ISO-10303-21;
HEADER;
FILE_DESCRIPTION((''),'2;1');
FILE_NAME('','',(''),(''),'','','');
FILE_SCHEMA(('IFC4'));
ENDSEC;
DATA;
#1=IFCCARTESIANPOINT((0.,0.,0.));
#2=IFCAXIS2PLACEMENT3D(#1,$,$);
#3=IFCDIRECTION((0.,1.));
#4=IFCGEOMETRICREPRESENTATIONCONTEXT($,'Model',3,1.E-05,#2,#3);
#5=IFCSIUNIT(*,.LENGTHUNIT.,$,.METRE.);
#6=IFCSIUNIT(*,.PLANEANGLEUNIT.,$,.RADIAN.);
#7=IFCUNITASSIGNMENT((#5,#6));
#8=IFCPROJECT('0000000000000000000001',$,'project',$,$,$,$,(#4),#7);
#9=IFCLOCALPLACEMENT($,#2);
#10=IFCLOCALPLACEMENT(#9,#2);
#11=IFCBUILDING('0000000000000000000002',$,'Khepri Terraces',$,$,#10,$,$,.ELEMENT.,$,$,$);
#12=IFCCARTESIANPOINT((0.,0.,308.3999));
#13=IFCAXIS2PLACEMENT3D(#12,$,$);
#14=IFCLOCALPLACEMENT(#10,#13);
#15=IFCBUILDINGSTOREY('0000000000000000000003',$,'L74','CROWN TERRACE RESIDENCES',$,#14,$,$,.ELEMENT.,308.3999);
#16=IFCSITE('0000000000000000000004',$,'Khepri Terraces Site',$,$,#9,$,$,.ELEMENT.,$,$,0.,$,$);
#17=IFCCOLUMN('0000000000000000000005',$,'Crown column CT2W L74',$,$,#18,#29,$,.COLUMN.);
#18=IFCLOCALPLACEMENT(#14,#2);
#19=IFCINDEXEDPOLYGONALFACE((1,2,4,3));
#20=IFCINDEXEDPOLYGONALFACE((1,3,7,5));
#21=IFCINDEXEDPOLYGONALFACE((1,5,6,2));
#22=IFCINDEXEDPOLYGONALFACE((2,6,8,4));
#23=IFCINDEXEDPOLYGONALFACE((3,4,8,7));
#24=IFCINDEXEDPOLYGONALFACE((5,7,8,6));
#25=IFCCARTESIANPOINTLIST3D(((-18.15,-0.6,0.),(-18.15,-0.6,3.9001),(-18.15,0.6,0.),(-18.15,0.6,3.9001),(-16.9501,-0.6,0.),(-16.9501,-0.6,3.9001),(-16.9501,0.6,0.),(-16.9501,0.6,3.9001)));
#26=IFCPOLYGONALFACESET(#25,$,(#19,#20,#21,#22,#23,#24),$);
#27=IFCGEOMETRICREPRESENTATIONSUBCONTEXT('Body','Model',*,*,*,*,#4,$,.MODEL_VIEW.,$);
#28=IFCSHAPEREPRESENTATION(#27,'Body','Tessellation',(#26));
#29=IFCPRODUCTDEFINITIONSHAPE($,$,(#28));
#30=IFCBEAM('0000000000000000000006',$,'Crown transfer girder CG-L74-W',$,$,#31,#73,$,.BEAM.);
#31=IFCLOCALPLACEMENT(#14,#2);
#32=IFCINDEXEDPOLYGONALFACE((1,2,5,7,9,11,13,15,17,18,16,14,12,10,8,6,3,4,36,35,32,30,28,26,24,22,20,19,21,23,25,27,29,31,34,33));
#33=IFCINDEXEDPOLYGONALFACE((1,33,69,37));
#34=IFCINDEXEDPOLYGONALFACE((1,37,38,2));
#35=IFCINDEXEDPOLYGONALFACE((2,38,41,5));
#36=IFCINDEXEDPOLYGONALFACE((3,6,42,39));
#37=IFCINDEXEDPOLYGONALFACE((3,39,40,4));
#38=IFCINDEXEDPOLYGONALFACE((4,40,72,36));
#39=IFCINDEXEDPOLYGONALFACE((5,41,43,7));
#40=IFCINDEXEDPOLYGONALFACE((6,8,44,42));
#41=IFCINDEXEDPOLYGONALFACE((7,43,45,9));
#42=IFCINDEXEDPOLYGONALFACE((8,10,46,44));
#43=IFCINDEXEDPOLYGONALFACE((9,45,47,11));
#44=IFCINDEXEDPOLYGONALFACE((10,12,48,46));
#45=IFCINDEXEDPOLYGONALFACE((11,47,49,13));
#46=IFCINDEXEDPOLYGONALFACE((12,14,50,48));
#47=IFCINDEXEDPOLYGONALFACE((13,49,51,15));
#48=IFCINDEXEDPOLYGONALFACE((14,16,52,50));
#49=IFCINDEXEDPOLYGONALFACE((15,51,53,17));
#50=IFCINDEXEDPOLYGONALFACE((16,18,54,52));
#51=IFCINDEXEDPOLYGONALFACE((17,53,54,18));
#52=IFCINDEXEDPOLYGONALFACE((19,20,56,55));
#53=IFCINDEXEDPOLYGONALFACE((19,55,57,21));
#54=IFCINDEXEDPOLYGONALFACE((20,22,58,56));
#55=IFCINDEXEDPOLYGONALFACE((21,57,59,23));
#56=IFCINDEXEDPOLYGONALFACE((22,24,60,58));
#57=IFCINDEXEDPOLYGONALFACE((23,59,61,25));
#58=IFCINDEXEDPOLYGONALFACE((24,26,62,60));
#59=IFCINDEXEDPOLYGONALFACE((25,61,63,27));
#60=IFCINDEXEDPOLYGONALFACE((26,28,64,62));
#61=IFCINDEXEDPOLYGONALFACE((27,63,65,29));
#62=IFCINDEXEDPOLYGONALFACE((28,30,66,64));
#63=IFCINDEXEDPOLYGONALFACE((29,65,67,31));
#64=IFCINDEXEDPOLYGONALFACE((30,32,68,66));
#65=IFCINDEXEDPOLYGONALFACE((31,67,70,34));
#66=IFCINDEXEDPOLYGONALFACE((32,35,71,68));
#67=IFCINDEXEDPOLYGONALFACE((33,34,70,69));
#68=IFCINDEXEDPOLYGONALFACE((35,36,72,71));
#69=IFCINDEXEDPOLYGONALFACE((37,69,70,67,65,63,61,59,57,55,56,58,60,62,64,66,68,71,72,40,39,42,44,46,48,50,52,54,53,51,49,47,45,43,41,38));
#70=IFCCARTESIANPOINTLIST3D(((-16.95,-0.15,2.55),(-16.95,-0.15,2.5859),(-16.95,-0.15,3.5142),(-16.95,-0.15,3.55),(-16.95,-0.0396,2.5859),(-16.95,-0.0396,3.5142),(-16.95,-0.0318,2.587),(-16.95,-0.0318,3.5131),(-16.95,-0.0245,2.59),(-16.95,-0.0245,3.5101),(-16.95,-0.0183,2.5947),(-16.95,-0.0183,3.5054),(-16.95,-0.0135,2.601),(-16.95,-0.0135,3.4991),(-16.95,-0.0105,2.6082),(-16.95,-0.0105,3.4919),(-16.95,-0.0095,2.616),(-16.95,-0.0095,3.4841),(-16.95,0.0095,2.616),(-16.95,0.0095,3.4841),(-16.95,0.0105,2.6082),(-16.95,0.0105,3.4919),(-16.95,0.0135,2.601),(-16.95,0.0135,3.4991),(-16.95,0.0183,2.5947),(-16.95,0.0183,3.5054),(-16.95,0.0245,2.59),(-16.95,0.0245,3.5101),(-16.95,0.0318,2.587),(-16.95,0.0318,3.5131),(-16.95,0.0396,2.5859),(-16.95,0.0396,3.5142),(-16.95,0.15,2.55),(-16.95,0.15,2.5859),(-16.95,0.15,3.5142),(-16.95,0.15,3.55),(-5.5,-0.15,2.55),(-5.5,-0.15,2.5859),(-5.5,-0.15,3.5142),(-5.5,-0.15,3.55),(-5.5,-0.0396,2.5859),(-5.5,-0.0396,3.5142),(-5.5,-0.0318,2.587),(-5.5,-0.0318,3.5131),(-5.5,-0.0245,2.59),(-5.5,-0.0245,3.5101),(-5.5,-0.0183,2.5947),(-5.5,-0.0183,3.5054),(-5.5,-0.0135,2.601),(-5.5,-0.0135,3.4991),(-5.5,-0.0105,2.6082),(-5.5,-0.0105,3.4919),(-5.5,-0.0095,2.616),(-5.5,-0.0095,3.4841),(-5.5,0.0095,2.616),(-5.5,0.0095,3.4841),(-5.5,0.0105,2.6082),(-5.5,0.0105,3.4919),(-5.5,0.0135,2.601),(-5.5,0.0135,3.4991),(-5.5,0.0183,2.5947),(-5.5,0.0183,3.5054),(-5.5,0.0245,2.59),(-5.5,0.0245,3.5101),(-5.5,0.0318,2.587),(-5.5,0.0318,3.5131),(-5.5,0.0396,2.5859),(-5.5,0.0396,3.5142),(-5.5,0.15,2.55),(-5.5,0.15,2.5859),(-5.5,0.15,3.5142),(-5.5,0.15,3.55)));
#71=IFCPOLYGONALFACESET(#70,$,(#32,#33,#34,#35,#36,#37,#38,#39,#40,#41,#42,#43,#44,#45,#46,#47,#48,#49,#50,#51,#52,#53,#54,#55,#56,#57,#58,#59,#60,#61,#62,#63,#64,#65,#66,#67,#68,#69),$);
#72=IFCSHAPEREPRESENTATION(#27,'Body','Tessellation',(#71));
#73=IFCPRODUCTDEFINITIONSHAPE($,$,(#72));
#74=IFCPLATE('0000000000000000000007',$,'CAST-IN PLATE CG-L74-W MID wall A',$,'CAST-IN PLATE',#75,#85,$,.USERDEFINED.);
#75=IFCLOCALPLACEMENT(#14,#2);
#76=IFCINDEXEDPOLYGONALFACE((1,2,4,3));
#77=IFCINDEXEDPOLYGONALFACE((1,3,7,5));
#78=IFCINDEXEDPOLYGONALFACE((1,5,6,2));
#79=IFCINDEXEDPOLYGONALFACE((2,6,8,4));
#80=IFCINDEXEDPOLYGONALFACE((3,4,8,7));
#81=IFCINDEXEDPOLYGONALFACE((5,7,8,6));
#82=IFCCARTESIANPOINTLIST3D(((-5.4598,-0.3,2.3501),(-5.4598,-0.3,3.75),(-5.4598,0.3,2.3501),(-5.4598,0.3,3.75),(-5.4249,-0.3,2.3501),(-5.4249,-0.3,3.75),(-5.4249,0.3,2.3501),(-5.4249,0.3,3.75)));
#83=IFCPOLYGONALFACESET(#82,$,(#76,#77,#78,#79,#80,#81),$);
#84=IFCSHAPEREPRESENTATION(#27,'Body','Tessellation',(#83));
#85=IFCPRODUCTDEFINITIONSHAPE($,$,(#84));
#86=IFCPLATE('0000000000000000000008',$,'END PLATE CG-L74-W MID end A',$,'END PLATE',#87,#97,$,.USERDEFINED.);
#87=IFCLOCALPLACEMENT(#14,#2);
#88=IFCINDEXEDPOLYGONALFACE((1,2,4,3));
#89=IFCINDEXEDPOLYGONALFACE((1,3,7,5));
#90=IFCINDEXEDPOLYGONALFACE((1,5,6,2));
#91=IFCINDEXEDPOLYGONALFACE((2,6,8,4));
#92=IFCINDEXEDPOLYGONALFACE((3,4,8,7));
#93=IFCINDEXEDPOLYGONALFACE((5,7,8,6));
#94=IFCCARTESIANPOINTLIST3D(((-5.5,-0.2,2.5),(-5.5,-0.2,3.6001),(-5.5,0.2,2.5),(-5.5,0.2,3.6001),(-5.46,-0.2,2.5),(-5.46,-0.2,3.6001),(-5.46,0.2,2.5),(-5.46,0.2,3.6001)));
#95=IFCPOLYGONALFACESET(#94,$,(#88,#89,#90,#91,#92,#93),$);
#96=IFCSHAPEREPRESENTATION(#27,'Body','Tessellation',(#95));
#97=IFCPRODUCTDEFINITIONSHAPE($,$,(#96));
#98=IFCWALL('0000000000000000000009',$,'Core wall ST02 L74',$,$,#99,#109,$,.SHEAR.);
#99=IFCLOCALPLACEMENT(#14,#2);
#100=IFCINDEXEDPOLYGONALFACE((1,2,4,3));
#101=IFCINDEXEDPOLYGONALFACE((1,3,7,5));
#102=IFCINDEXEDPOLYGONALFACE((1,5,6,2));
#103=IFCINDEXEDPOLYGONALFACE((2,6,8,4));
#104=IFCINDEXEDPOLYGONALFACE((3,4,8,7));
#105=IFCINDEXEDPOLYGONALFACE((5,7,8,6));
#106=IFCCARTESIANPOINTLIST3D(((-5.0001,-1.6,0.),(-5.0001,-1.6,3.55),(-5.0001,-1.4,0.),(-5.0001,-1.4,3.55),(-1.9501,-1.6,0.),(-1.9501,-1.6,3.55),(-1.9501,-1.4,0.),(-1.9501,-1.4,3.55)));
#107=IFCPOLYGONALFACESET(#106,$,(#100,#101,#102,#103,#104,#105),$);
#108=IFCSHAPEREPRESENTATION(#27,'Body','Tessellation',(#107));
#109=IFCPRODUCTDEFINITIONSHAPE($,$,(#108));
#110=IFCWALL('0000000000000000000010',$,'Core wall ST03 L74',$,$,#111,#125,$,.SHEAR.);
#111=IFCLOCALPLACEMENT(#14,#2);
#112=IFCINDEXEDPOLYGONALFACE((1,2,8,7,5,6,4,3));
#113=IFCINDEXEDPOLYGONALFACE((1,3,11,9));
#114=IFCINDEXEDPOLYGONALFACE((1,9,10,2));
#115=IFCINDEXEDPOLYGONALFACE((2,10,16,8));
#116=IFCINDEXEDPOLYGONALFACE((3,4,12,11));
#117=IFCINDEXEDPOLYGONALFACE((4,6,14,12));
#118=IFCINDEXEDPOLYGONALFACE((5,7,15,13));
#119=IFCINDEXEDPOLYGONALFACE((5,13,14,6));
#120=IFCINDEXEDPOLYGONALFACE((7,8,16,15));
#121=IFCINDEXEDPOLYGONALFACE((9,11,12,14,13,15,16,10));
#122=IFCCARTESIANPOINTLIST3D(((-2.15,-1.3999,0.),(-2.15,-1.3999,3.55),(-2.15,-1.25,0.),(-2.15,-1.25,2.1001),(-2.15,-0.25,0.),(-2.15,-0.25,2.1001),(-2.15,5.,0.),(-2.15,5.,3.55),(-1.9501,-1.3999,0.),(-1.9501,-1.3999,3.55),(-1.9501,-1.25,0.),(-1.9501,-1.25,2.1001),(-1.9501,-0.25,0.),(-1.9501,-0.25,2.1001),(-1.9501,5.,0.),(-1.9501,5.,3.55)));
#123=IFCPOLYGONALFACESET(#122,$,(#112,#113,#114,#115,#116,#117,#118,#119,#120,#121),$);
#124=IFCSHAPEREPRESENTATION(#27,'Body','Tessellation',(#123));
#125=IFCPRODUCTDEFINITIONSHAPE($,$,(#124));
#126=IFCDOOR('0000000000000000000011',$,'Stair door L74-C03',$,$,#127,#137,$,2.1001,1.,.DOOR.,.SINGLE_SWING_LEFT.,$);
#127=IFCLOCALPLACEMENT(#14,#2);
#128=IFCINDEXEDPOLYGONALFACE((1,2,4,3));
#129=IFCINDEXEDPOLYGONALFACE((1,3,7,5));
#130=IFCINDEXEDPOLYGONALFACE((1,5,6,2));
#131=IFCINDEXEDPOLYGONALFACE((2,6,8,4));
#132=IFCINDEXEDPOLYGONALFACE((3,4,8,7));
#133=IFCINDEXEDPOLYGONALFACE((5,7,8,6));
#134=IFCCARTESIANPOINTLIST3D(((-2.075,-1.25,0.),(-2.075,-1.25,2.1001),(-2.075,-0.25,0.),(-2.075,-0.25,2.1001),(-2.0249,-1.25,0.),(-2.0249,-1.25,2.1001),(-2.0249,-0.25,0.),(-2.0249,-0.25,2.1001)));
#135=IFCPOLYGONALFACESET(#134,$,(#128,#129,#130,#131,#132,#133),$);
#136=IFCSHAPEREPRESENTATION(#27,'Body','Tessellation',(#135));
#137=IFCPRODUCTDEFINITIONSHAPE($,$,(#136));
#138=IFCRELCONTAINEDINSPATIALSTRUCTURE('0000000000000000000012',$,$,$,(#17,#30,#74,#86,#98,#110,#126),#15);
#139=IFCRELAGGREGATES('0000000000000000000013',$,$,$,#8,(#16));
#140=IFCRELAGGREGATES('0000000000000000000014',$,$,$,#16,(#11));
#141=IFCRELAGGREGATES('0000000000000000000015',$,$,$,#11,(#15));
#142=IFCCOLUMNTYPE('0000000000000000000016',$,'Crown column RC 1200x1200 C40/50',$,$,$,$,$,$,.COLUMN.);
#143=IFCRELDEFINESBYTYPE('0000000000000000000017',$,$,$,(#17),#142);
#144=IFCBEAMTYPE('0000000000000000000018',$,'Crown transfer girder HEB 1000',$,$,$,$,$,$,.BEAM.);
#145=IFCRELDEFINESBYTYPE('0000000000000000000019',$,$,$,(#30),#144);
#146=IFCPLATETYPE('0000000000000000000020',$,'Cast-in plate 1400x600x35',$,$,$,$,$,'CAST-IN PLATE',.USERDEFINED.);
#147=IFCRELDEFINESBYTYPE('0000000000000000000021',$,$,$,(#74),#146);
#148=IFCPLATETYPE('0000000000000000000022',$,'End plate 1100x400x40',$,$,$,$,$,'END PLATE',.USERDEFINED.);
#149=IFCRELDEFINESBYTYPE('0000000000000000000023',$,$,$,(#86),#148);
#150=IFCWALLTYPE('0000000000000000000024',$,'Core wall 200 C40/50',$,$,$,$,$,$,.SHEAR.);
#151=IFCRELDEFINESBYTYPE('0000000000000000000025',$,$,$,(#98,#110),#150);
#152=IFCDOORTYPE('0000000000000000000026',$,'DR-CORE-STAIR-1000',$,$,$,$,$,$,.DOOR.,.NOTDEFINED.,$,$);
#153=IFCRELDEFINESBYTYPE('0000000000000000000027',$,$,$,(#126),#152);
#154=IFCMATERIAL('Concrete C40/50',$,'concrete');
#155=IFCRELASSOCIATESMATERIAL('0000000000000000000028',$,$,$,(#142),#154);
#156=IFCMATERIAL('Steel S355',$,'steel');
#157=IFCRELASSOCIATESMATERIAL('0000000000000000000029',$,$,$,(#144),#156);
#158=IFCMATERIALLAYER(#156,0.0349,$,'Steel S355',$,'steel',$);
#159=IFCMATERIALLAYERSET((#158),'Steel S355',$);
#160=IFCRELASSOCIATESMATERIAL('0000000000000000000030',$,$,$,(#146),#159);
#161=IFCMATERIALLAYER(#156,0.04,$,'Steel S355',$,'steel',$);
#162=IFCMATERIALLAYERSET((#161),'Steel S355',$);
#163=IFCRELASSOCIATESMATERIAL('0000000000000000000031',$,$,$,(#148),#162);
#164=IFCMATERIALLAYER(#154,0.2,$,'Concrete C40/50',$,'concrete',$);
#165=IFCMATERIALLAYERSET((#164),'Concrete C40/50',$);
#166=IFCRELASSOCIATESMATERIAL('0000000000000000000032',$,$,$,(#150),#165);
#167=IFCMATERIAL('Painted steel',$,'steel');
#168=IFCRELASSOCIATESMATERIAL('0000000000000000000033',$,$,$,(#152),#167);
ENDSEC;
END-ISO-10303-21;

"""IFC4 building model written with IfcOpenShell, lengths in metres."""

from ifc_helpers import new_model, si_unit, direction, frame, frame_2d, origin, origin_2d, place, context, subcontext, project, spatial, rectangle, i_section, extrude, material, layer, layer_set, material_profile, profile_set, type_object, element, fill, save


model = new_model("IFC4")

# Units and contexts
model_context = context("Model", 3, precision=1e-05, world=origin(), true_north=direction((0.0, 1.0)))
body_context = subcontext(model_context, "Body", "Model", "MODEL_VIEW")
ifc_project = project(units=[si_unit("LENGTHUNIT", "METRE"), si_unit("PLANEANGLEUNIT", "RADIAN")], contexts=[model_context])

# Site, building, storey
site_placement = place(None, origin())
site = spatial("IfcSite", under=ifc_project, at=site_placement, Name="Khepri Terraces Site", CompositionType="ELEMENT", RefElevation=0.0)
building_placement = place(site_placement, origin())
building = spatial("IfcBuilding", under=site, at=building_placement, Name="Khepri Terraces", CompositionType="ELEMENT")
storey_placement = place(building_placement, frame((0.0, 0.0, 308.3999)))
storey = spatial("IfcBuildingStorey", under=building, at=storey_placement, Name="L74", Description="CROWN TERRACE RESIDENCES", CompositionType="ELEMENT", Elevation=308.3999)

# Column
ifc_material_1 = material(Name="Concrete C40/50", Category="concrete")
ifc_material_profile_1 = material_profile(ifc_material_1, rectangle(XDim=1.2, YDim=1.2, at=origin_2d()), Name="Concrete C40/50", Category="concrete")
ifc_profile_set_1 = profile_set([ifc_material_profile_1], Name="Concrete C40/50")
column_type = type_object("IfcColumnType", Name="Crown column RC 1200x1200 C40/50", PredefinedType="COLUMN", material=ifc_profile_set_1)
column_placement = place(storey_placement, frame((-17.55, 0.0, 0.0), z_axis=(0.0, 0.0, 1.0), x_axis=(1.0, 0.0, 0.0)))
element("IfcColumn", 1, at=column_placement, inside=storey, type_object=column_type, Name="Crown column CT2W L74", PredefinedType="COLUMN", context=body_context, shape_type="SweptSolid", body=[
    extrude(rectangle(XDim=1.2, YDim=1.2, at=origin_2d()), origin(), (0.0, 0.0, 1.0), 3.9001),
])

# Beam
ifc_material_2 = material(Name="Steel S355", Category="steel")
ifc_material_profile_2 = material_profile(ifc_material_2, i_section(OverallWidth=0.3, OverallDepth=1.0, WebThickness=0.019, FlangeThickness=0.0359, FilletRadius=0.03, at=origin_2d()), Name="Steel S355", Category="steel")
ifc_profile_set_2 = profile_set([ifc_material_profile_2], Name="Steel S355")
beam_type = type_object("IfcBeamType", Name="Crown transfer girder HEB 1000", PredefinedType="BEAM", material=ifc_profile_set_2)
beam_placement = place(storey_placement, frame((-5.5, 0.0, 3.05), z_axis=(-1.0, 0.0, 0.0), x_axis=(0.0, -1.0, 0.0)))
element("IfcBeam", 2, at=beam_placement, inside=storey, type_object=beam_type, Name="Crown transfer girder CG-L74-W", PredefinedType="BEAM", context=body_context, shape_type="SweptSolid", body=[
    extrude(i_section(OverallWidth=0.3, OverallDepth=1.0, WebThickness=0.019, FlangeThickness=0.0359, FilletRadius=0.03, at=origin_2d()), origin(), (0.0, 0.0, 1.0), 11.45),
])

# Plates
ifc_layer_1 = layer(ifc_material_2, 0.0349, Name="Steel S355", Category="steel")
ifc_layer_set_1 = layer_set([ifc_layer_1], Name="Steel S355")
plate_type_1 = type_object("IfcPlateType", Name="Cast-in plate 1400x600x35", ElementType="CAST-IN PLATE", PredefinedType="USERDEFINED", material=ifc_layer_set_1)
plate_1_placement = place(storey_placement, frame((-5.4424, 0.0, 2.3501), z_axis=(0.0, 0.0, 1.0), x_axis=(-1.0, 0.0, 0.0)))
element("IfcPlate", 3, at=plate_1_placement, inside=storey, type_object=plate_type_1, Name="CAST-IN PLATE CG-L74-W MID wall A", ObjectType="CAST-IN PLATE", PredefinedType="USERDEFINED", context=body_context, shape_type="SweptSolid", body=[
    extrude(rectangle(XDim=0.0349, YDim=0.6001, at=origin_2d()), origin(), (0.0, 0.0, 1.0), 1.3999),
])
ifc_layer_2 = layer(ifc_material_2, 0.04, Name="Steel S355", Category="steel")
ifc_layer_set_2 = layer_set([ifc_layer_2], Name="Steel S355")
plate_type_2 = type_object("IfcPlateType", Name="End plate 1100x400x40", ElementType="END PLATE", PredefinedType="USERDEFINED", material=ifc_layer_set_2)
plate_2_placement = place(storey_placement, frame((-5.48, 0.0, 2.5), z_axis=(0.0, 0.0, 1.0), x_axis=(-1.0, 0.0, 0.0)))
element("IfcPlate", 4, at=plate_2_placement, inside=storey, type_object=plate_type_2, Name="END PLATE CG-L74-W MID end A", ObjectType="END PLATE", PredefinedType="USERDEFINED", context=body_context, shape_type="SweptSolid", body=[
    extrude(rectangle(XDim=0.04, YDim=0.3999, at=origin_2d()), origin(), (0.0, 0.0, 1.0), 1.1001),
])

# Wall
ifc_layer_3 = layer(ifc_material_1, 0.2, Name="Concrete C40/50", Category="concrete")
ifc_layer_set_3 = layer_set([ifc_layer_3], Name="Concrete C40/50")
wall_type_1 = type_object("IfcWallType", Name="Core wall 200 C40/50", PredefinedType="SHEAR", material=ifc_layer_set_3)
wall_1_placement = place(storey_placement, frame((-5.0, -1.5, 0.0), z_axis=(0.0, 0.0, 1.0), x_axis=(1.0, 0.0, 0.0)))
element("IfcWall", 5, at=wall_1_placement, inside=storey, type_object=wall_type_1, Name="Core wall ST02 L74", PredefinedType="SHEAR", context=body_context, shape_type="SweptSolid", body=[
    extrude(rectangle(XDim=3.05, YDim=0.2, at=frame_2d((1.5249, 0.0))), origin(), (0.0, 0.0, 1.0), 3.55),
])

# Wall, opening, door
wall_2_placement = place(storey_placement, frame((-2.05, -1.3999, 0.0), z_axis=(0.0, 0.0, 1.0), x_axis=(0.0, 1.0, 0.0)))
wall_2 = element("IfcWall", 6, at=wall_2_placement, inside=storey, type_object=wall_type_1, Name="Core wall ST03 L74", PredefinedType="SHEAR", context=body_context, shape_type="SweptSolid", body=[
    extrude(rectangle(XDim=6.3999, YDim=0.2, at=frame_2d((3.2, 0.0))), origin(), (0.0, 0.0, 1.0), 3.55),
])
opening_1_placement = place(wall_2_placement, frame((0.1499, 0.0, 0.0)))
opening_1 = element("IfcOpeningElement", 7, at=opening_1_placement, cuts=wall_2, PredefinedType="OPENING", context=body_context, shape_type="SweptSolid", body=[
    extrude(rectangle(XDim=1.0, YDim=2.1001, at=frame_2d((0.5, 1.05))), frame((0.0, 0.1099, 0.0), z_axis=(0.0, -1.0, 0.0), x_axis=(1.0, 0.0, 0.0)), (0.0, 0.0, 1.0), 0.22),
])
ifc_material_3 = material(Name="Painted steel", Category="steel")
door_type_1 = type_object("IfcDoorType", Name="DR-CORE-STAIR-1000", OperationType="NOTDEFINED", PredefinedType="DOOR", material=ifc_material_3)
door_1_placement = place(opening_1_placement, origin())
door_1 = element("IfcDoor", 8, at=door_1_placement, inside=storey, type_object=door_type_1, Name="Stair door L74-C03", OperationType="SINGLE_SWING_LEFT", OverallHeight=2.1001, OverallWidth=1.0, PredefinedType="DOOR", context=body_context, shape_type="SweptSolid", body=[
    extrude(rectangle(XDim=1.0, YDim=2.1001, at=frame_2d((0.5, 1.05))), frame((0.0, 0.0249, 0.0), z_axis=(0.0, -1.0, 0.0), x_axis=(1.0, 0.0, 0.0)), (0.0, 0.0, 1.0), 0.05),
])
fill(opening_1, door_1)

save(model, "model.ifc")
